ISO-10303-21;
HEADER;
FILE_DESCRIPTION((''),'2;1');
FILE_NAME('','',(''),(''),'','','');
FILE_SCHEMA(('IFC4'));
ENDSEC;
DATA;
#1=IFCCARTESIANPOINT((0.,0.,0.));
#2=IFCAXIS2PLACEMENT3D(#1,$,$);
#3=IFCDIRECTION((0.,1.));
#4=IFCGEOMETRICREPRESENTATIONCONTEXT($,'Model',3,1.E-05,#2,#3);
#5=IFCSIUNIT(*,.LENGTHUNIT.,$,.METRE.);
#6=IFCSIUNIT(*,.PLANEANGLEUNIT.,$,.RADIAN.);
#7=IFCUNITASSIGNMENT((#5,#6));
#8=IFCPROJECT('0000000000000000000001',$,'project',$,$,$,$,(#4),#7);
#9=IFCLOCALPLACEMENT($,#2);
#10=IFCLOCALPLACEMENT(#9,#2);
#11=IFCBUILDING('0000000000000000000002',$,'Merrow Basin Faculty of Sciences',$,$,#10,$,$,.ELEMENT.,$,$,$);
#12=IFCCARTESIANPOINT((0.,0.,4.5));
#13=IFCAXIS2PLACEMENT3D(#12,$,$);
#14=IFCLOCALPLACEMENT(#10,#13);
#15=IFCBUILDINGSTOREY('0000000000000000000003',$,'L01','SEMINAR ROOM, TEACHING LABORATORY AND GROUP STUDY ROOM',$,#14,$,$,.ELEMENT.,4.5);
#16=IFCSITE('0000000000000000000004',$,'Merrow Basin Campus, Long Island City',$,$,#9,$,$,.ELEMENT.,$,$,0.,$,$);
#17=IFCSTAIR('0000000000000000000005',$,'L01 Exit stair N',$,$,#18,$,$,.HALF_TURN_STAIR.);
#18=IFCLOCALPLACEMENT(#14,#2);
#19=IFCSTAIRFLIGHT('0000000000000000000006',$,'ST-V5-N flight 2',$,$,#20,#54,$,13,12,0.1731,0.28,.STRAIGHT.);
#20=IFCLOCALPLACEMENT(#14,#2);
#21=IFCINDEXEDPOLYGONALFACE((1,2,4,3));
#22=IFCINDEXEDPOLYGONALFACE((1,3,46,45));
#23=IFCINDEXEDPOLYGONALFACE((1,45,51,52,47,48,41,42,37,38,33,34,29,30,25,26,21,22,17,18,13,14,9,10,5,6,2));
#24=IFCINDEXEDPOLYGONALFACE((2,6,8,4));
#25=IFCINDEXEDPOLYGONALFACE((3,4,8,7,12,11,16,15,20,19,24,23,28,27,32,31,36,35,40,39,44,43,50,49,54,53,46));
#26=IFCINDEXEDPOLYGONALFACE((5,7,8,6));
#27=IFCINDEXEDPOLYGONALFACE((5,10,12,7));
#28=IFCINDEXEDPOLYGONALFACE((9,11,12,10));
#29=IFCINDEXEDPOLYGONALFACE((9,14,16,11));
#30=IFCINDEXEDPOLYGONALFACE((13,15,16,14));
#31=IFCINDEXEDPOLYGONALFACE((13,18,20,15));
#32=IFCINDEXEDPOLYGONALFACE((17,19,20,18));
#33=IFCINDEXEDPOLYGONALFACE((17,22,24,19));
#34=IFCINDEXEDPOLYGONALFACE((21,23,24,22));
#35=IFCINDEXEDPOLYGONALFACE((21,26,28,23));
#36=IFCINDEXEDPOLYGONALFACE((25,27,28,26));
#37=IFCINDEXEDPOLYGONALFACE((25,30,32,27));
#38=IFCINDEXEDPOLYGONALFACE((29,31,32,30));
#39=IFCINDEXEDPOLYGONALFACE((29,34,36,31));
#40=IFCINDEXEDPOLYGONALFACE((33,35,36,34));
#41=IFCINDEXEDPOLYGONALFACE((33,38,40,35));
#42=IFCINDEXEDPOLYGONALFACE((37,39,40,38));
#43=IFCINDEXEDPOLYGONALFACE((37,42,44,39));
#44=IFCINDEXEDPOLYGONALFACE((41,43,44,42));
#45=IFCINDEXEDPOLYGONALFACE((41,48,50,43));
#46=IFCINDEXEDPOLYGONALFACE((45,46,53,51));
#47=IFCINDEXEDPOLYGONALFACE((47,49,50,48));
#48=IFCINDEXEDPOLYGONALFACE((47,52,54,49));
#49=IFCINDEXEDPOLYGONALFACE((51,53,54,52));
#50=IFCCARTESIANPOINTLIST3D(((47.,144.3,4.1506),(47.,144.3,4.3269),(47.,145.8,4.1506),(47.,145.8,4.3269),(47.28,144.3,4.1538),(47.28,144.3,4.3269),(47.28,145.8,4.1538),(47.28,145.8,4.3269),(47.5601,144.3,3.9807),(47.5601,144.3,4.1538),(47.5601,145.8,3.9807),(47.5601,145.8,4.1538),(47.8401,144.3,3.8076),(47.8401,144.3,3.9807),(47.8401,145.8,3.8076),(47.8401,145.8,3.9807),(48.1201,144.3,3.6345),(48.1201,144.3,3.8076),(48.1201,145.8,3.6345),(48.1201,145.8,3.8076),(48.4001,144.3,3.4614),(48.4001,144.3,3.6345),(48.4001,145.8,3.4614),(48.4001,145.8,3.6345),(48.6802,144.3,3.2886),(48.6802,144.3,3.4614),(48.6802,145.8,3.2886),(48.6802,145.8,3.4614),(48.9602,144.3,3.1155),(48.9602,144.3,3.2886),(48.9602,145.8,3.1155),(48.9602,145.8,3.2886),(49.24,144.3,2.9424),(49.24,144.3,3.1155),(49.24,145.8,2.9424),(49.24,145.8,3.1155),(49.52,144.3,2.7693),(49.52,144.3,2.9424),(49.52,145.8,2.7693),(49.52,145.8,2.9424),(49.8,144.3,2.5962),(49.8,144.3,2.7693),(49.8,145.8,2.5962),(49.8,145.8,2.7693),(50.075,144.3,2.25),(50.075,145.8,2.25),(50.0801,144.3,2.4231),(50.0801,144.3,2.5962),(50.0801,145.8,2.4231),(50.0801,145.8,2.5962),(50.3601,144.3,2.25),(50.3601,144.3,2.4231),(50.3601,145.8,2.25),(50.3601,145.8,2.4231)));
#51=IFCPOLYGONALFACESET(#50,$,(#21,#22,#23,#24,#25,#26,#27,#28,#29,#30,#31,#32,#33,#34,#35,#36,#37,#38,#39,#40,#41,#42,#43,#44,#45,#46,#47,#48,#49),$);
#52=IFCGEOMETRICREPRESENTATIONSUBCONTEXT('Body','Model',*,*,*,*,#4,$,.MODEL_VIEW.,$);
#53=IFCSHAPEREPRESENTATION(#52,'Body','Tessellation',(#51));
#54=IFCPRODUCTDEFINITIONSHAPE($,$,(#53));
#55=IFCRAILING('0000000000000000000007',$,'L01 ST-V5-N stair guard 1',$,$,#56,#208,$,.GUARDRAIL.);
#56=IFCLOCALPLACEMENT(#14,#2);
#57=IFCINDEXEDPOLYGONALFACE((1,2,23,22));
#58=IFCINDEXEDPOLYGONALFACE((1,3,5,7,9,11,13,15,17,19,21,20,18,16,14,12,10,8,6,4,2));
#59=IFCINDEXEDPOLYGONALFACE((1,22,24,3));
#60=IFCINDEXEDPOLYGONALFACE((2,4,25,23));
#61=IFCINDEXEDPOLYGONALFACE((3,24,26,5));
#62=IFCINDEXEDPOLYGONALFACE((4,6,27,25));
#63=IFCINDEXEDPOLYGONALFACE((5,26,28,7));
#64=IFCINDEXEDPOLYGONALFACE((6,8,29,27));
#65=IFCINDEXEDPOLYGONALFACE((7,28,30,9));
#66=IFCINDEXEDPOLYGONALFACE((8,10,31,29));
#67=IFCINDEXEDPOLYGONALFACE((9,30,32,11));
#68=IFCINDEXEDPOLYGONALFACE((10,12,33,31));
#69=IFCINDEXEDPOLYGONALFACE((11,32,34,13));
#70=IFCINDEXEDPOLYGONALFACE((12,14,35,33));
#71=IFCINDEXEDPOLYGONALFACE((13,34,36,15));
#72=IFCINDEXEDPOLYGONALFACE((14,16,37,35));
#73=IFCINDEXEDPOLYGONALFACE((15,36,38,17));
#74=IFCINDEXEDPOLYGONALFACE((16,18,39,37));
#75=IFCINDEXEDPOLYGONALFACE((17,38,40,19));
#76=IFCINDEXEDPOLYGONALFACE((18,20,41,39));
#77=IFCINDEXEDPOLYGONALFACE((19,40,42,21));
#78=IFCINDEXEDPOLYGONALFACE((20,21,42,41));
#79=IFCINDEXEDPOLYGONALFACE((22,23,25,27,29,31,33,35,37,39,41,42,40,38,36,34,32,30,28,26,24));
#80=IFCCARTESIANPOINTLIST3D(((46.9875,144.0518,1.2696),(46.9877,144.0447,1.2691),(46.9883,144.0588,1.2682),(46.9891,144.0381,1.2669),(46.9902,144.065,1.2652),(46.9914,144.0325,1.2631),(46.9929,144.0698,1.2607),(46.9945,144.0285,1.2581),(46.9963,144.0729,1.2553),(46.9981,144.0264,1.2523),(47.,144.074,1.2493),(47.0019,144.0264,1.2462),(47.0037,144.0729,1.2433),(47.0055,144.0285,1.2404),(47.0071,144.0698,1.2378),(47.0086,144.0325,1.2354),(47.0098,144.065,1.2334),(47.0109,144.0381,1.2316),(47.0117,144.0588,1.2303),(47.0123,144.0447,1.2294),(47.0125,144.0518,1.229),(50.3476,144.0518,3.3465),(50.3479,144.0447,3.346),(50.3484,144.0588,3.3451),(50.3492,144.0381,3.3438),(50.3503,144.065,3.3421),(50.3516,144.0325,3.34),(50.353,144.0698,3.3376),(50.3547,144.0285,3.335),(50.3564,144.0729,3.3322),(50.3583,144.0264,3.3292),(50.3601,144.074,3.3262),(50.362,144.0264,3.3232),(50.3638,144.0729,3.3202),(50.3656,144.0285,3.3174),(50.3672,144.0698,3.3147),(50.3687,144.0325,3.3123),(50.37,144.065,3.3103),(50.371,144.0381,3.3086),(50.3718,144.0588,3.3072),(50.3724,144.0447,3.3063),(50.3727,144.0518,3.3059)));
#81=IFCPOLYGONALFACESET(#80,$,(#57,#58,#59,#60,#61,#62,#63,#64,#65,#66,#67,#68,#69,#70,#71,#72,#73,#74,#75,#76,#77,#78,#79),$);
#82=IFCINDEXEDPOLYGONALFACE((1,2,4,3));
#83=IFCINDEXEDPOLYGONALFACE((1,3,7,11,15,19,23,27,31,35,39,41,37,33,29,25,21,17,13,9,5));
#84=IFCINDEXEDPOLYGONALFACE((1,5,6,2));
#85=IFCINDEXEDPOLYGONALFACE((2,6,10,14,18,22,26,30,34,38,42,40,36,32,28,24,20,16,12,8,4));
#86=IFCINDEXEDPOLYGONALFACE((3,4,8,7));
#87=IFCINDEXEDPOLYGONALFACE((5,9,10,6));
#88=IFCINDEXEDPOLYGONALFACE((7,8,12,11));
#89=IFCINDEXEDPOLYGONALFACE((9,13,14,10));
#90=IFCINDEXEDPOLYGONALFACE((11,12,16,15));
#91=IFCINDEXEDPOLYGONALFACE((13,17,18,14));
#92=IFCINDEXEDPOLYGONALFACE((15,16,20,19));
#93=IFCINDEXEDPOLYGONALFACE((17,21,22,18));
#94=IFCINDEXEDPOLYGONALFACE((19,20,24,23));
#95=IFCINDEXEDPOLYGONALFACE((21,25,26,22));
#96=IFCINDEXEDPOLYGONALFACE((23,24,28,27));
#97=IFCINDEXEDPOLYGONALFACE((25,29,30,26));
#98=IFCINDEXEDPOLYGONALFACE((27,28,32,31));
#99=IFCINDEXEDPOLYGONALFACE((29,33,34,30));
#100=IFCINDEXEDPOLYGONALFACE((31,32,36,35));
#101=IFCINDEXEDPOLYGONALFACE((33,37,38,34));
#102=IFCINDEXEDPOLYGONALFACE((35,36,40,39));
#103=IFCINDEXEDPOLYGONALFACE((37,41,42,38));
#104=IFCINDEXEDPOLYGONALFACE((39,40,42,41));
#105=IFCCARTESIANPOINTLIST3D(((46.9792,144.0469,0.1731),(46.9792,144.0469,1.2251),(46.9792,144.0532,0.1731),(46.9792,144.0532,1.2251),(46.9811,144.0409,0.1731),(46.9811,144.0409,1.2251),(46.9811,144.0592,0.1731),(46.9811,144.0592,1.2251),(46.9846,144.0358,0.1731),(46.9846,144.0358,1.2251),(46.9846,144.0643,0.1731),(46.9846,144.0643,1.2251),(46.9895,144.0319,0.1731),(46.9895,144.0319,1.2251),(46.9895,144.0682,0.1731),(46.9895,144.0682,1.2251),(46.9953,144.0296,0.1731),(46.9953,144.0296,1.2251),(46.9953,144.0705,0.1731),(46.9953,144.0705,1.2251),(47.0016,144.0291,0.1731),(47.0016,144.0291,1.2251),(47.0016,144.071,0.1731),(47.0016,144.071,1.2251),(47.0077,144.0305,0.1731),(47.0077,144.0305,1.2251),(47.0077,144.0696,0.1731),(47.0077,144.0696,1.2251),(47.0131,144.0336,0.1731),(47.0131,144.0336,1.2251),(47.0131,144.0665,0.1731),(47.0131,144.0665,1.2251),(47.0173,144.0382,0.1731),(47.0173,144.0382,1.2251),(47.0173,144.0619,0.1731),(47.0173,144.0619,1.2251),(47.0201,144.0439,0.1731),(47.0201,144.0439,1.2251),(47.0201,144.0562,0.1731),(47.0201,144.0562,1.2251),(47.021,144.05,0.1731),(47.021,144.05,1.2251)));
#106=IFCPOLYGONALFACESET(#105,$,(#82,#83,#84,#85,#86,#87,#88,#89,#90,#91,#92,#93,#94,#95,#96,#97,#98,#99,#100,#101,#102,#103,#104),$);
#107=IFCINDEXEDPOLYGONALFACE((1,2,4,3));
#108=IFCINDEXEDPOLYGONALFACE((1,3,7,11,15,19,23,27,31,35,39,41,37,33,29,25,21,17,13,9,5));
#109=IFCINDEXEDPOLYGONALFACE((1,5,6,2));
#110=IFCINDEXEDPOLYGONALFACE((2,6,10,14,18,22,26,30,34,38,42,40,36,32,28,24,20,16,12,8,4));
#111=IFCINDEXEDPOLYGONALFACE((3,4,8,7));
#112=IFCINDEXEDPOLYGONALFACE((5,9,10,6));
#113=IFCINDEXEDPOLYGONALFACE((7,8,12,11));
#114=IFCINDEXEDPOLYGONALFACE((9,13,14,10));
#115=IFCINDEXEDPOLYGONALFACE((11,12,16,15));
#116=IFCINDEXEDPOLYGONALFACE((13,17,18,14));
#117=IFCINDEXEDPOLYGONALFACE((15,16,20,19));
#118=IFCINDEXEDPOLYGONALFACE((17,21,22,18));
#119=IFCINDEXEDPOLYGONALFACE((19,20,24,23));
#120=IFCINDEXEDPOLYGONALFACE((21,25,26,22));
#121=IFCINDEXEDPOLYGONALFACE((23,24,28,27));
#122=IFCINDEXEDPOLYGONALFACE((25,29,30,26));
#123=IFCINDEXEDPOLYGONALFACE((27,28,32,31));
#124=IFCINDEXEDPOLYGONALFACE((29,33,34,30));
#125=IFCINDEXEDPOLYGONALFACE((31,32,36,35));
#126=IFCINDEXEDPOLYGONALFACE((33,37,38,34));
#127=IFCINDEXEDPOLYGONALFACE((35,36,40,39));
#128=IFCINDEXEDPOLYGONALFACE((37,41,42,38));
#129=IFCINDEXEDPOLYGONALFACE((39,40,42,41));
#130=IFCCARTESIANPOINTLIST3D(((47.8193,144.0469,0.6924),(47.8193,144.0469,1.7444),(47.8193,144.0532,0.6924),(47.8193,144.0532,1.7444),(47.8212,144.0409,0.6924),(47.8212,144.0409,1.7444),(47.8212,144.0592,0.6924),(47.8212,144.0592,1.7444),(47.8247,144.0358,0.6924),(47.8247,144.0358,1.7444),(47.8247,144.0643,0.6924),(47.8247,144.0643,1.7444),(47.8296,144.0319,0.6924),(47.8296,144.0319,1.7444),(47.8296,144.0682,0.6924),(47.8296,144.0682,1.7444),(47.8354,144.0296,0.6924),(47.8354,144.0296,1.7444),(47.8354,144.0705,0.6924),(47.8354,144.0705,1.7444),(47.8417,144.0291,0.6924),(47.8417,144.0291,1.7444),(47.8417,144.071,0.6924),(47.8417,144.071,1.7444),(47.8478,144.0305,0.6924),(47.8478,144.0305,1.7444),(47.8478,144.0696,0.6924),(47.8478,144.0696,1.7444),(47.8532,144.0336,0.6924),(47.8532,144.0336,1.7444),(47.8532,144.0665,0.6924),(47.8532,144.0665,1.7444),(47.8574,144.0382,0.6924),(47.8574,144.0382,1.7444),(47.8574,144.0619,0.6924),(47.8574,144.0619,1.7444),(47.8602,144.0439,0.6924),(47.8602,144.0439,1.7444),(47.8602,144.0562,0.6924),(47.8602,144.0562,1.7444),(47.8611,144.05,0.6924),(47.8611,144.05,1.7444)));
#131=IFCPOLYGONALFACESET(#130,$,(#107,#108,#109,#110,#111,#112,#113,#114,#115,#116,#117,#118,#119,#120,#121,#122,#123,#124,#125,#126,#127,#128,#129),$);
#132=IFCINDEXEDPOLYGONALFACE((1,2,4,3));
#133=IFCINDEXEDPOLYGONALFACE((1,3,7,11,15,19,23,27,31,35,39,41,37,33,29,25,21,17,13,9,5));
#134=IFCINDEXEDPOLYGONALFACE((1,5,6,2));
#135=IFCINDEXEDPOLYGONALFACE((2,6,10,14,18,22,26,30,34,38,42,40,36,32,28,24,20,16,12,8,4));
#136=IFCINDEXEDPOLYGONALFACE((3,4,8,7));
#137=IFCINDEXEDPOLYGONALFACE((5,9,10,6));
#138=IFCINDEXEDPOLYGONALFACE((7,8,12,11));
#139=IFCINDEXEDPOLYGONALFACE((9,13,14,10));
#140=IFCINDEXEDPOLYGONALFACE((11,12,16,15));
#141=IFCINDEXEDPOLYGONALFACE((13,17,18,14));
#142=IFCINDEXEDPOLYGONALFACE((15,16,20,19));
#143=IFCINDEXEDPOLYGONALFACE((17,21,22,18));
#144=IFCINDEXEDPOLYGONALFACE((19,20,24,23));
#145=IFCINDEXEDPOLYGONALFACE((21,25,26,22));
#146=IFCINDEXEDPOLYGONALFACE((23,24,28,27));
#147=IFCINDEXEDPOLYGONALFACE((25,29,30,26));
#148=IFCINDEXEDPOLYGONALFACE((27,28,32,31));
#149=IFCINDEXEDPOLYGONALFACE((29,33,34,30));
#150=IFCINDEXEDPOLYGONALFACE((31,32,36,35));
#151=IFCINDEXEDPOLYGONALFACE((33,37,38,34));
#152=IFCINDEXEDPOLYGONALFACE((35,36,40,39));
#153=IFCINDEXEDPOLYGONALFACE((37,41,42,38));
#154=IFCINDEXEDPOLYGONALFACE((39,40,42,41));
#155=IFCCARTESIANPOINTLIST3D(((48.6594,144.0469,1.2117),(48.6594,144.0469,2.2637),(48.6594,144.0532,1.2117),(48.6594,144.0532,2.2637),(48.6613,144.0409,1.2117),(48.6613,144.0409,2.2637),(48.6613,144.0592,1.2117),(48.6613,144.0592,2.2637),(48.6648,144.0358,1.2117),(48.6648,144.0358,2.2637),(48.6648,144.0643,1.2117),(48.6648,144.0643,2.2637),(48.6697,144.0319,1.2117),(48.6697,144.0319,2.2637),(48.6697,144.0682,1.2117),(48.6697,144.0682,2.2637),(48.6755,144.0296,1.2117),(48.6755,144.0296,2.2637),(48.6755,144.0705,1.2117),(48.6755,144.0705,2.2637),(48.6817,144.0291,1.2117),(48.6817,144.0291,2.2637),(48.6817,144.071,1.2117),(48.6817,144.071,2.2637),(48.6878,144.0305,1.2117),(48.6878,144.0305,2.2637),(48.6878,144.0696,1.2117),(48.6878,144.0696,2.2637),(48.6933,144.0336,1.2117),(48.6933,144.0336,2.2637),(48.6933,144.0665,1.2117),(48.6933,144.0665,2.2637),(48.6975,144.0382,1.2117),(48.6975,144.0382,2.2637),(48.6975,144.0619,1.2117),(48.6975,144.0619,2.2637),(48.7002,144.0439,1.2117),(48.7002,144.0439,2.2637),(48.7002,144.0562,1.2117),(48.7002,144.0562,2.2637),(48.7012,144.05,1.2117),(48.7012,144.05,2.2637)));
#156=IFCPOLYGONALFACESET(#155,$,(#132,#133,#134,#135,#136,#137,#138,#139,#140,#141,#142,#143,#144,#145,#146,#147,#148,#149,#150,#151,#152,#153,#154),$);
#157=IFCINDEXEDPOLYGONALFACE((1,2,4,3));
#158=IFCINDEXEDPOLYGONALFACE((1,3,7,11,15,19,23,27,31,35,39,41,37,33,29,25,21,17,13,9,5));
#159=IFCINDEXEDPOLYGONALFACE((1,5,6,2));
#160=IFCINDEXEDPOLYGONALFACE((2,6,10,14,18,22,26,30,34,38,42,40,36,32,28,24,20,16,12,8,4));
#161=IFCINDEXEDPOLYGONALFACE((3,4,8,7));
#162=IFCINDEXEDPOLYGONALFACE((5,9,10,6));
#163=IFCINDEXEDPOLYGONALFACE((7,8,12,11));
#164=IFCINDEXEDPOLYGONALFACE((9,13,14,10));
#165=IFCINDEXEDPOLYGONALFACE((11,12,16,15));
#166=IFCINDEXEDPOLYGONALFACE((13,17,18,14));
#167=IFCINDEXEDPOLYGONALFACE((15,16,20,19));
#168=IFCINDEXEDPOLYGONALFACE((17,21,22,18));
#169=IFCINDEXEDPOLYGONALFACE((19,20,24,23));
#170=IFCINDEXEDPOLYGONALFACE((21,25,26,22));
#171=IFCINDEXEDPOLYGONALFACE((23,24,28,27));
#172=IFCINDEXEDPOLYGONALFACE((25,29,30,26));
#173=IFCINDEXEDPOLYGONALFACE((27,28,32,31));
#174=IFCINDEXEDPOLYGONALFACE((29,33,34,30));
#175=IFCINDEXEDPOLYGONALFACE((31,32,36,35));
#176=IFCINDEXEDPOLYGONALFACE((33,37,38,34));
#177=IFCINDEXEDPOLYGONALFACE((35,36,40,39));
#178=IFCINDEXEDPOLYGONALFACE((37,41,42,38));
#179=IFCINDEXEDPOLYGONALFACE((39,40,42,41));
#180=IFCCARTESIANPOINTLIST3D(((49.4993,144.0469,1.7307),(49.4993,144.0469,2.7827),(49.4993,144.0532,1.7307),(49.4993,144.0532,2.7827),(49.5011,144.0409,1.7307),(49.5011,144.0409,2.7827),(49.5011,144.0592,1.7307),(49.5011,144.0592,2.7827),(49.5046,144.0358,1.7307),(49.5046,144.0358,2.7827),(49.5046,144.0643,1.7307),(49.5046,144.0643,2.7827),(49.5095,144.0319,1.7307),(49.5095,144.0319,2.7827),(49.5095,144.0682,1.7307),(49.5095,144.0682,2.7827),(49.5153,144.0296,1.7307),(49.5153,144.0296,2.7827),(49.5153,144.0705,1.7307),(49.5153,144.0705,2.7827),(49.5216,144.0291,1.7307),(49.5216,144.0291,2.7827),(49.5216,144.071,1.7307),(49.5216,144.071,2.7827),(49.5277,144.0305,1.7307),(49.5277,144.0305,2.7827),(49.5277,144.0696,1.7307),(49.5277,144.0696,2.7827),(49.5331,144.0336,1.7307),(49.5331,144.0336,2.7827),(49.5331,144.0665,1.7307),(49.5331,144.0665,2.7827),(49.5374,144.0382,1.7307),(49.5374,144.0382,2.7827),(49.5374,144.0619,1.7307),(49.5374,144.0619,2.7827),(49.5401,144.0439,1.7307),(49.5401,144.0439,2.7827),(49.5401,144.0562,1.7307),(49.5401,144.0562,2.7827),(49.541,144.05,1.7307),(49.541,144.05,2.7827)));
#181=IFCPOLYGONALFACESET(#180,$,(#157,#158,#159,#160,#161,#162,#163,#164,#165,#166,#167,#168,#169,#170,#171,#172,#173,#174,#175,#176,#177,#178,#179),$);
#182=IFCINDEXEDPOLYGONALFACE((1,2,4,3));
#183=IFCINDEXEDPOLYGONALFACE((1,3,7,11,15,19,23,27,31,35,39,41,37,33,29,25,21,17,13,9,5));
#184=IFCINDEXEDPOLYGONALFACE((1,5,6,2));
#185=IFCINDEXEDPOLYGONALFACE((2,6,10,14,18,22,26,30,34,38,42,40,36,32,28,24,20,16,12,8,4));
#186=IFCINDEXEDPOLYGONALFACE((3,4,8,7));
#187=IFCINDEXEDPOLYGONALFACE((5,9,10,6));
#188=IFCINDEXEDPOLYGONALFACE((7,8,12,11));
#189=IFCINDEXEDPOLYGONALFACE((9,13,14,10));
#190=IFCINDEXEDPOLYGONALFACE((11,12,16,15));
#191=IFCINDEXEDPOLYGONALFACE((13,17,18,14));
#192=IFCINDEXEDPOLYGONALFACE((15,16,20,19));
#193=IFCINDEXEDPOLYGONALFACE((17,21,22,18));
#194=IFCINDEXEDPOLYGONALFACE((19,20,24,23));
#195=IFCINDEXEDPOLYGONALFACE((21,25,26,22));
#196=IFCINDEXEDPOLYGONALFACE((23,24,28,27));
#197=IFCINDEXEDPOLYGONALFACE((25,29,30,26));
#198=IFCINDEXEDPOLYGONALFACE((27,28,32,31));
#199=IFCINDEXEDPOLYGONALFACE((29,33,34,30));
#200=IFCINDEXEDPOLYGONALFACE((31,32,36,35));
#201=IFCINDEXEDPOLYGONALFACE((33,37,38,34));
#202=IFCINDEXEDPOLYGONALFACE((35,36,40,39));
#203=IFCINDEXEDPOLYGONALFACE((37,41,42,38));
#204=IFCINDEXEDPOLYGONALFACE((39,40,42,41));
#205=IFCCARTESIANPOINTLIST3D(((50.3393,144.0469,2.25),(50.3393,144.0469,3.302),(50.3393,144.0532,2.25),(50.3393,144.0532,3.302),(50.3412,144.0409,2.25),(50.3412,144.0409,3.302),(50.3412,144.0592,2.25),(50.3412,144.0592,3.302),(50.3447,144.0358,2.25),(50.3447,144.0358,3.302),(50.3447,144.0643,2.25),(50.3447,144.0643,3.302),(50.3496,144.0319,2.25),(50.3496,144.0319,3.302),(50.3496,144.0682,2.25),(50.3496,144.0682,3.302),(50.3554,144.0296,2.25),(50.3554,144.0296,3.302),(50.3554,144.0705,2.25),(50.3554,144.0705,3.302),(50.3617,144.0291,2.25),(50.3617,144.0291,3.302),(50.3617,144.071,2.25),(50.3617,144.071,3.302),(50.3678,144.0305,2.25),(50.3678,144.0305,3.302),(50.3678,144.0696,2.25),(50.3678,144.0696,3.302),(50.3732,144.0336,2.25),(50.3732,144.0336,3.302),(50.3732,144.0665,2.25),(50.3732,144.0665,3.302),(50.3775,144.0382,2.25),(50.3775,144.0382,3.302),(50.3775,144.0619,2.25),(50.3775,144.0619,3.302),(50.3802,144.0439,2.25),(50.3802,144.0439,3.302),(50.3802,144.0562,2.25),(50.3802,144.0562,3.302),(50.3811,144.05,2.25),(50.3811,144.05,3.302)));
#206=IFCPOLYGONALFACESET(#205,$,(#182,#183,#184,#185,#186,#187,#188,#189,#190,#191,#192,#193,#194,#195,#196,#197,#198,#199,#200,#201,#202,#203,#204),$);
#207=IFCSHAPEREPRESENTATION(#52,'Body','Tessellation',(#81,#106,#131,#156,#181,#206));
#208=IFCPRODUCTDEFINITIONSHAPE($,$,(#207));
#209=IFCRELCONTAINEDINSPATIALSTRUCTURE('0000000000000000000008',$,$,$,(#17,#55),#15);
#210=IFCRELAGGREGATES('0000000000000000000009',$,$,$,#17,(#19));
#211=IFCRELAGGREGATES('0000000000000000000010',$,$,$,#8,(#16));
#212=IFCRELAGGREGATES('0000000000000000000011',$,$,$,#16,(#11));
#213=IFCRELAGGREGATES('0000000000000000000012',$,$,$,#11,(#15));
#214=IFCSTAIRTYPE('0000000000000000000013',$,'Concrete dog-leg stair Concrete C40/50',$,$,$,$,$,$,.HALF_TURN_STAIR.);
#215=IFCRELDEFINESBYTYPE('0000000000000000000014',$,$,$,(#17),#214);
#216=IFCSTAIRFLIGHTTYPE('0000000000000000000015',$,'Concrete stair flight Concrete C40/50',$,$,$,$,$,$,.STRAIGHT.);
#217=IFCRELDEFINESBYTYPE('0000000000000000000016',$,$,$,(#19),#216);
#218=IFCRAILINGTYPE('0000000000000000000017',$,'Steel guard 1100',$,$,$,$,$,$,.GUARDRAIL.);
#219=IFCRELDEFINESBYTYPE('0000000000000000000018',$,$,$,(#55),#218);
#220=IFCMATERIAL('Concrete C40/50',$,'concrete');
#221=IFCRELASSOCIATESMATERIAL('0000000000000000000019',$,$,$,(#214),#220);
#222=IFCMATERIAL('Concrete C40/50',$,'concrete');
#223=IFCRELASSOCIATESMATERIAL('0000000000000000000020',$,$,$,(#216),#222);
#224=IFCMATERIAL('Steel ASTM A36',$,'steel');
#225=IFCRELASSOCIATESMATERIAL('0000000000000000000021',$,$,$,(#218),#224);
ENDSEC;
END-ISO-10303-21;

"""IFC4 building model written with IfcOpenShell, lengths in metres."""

from ifc_helpers import new_model, si_unit, direction, frame, origin, origin_2d, place, context, subcontext, project, spatial, polyline, circle, outline, extrude, material, type_object, element, aggregate, save


model = new_model("IFC4")

# Units and contexts
model_context = context("Model", 3, precision=1e-05, world=origin(), true_north=direction((0.0, 1.0)))
body_context = subcontext(model_context, "Body", "Model", "MODEL_VIEW")
ifc_project = project(units=[si_unit("LENGTHUNIT", "METRE"), si_unit("PLANEANGLEUNIT", "RADIAN")], contexts=[model_context])

# Site, building, storey
site_placement = place(None, origin())
site = spatial("IfcSite", under=ifc_project, at=site_placement, Name="Merrow Basin Campus, Long Island City", CompositionType="ELEMENT", RefElevation=0.0)
building_placement = place(site_placement, origin())
building = spatial("IfcBuilding", under=site, at=building_placement, Name="Merrow Basin Faculty of Sciences", CompositionType="ELEMENT")
storey_placement = place(building_placement, frame((0.0, 0.0, 4.5)))
storey = spatial("IfcBuildingStorey", under=building, at=storey_placement, Name="L01", Description="SEMINAR ROOM, TEACHING LABORATORY AND GROUP STUDY ROOM", CompositionType="ELEMENT", Elevation=4.5)

# Stair, stair flight
ifc_material_1 = material(Name="Concrete C40/50", Category="concrete")
stair_type = type_object("IfcStairType", Name="Concrete dog-leg stair Concrete C40/50", PredefinedType="HALF_TURN_STAIR", material=ifc_material_1)
stair_placement = place(storey_placement, origin())
stair = element("IfcStair", 1, at=stair_placement, inside=storey, type_object=stair_type, Name="L01 Exit stair N", PredefinedType="HALF_TURN_STAIR")
ifc_material_2 = material(Name="Concrete C40/50", Category="concrete")
stair_flight_type = type_object("IfcStairFlightType", Name="Concrete stair flight Concrete C40/50", PredefinedType="STRAIGHT", material=ifc_material_2)
stair_flight_1_placement = place(storey_placement, frame((50.3601, 145.05, 2.25), z_axis=(0.0, 0.0, 1.0), x_axis=(-1.0, 0.0, 0.0)))
stair_flight_1 = element("IfcStairFlight", 2, at=stair_flight_1_placement, type_object=stair_flight_type, Name="ST-V5-N flight 2", NumberOfRisers=13, NumberOfTreads=12, PredefinedType="STRAIGHT", RiserHeight=0.1731, TreadLength=0.28, context=body_context, shape_type="SweptSolid", body=[
    extrude(outline(polyline([(0.0, 0.0), (0.0, 0.1731), (0.28, 0.1731), (0.28, 0.3462), (0.5601, 0.3462), (0.5601, 0.5193), (0.8401, 0.5193), (0.8401, 0.6924), (1.1201, 0.6924), (1.1201, 0.8655), (1.3999, 0.8655), (1.3999, 1.0386), (1.6799, 1.0386), (1.6799, 1.2114), (1.96, 1.2114), (1.96, 1.3845), (2.24, 1.3845), (2.24, 1.5576), (2.52, 1.5576), (2.52, 1.7307), (2.8, 1.7307), (2.8, 1.9038), (3.0801, 1.9038), (3.0801, 2.0769), (3.3601, 2.0769), (3.3601, 2.25), (3.3601, 1.9006), (0.2852, 0.0), (0.0, 0.0)])), frame((0.0, 0.75, 0.0), z_axis=(0.0, -1.0, 0.0), x_axis=(1.0, 0.0, 0.0)), (0.0, 0.0, 1.0), 1.5),
])
aggregate(stair, [stair_flight_1])

# Railing
ifc_material_3 = material(Name="Steel ASTM A36", Category="steel")
railing_type_1 = type_object("IfcRailingType", Name="Steel guard 1100", PredefinedType="GUARDRAIL", material=ifc_material_3)
railing_1_placement = place(storey_placement, frame((47.0, 144.05, 0.1731)))
element("IfcRailing", 3, at=railing_1_placement, inside=storey, type_object=railing_type_1, Name="L01 ST-V5-N stair guard 1", PredefinedType="GUARDRAIL", context=body_context, shape_type="SweptSolid", body=[
    extrude(circle(Radius=0.0239, at=origin_2d()), frame((0.0, 0.0, 1.0762), z_axis=(0.850623, 0.0, 0.525776), x_axis=(0.0, 1.0, 0.0)), (0.0, 0.0, 1.0), 3.9502),
    extrude(circle(Radius=0.021, at=origin_2d()), origin(), (0.0, 0.0, 1.0), 1.052),
    extrude(circle(Radius=0.021, at=origin_2d()), frame((0.8401, 0.0, 0.5193)), (0.0, 0.0, 1.0), 1.052),
    extrude(circle(Radius=0.021, at=origin_2d()), frame((1.6802, 0.0, 1.0386)), (0.0, 0.0, 1.0), 1.052),
    extrude(circle(Radius=0.021, at=origin_2d()), frame((2.52, 0.0, 1.5576)), (0.0, 0.0, 1.0), 1.052),
    extrude(circle(Radius=0.021, at=origin_2d()), frame((3.3601, 0.0, 2.0769)), (0.0, 0.0, 1.0), 1.052),
])

save(model, "model.ifc")
